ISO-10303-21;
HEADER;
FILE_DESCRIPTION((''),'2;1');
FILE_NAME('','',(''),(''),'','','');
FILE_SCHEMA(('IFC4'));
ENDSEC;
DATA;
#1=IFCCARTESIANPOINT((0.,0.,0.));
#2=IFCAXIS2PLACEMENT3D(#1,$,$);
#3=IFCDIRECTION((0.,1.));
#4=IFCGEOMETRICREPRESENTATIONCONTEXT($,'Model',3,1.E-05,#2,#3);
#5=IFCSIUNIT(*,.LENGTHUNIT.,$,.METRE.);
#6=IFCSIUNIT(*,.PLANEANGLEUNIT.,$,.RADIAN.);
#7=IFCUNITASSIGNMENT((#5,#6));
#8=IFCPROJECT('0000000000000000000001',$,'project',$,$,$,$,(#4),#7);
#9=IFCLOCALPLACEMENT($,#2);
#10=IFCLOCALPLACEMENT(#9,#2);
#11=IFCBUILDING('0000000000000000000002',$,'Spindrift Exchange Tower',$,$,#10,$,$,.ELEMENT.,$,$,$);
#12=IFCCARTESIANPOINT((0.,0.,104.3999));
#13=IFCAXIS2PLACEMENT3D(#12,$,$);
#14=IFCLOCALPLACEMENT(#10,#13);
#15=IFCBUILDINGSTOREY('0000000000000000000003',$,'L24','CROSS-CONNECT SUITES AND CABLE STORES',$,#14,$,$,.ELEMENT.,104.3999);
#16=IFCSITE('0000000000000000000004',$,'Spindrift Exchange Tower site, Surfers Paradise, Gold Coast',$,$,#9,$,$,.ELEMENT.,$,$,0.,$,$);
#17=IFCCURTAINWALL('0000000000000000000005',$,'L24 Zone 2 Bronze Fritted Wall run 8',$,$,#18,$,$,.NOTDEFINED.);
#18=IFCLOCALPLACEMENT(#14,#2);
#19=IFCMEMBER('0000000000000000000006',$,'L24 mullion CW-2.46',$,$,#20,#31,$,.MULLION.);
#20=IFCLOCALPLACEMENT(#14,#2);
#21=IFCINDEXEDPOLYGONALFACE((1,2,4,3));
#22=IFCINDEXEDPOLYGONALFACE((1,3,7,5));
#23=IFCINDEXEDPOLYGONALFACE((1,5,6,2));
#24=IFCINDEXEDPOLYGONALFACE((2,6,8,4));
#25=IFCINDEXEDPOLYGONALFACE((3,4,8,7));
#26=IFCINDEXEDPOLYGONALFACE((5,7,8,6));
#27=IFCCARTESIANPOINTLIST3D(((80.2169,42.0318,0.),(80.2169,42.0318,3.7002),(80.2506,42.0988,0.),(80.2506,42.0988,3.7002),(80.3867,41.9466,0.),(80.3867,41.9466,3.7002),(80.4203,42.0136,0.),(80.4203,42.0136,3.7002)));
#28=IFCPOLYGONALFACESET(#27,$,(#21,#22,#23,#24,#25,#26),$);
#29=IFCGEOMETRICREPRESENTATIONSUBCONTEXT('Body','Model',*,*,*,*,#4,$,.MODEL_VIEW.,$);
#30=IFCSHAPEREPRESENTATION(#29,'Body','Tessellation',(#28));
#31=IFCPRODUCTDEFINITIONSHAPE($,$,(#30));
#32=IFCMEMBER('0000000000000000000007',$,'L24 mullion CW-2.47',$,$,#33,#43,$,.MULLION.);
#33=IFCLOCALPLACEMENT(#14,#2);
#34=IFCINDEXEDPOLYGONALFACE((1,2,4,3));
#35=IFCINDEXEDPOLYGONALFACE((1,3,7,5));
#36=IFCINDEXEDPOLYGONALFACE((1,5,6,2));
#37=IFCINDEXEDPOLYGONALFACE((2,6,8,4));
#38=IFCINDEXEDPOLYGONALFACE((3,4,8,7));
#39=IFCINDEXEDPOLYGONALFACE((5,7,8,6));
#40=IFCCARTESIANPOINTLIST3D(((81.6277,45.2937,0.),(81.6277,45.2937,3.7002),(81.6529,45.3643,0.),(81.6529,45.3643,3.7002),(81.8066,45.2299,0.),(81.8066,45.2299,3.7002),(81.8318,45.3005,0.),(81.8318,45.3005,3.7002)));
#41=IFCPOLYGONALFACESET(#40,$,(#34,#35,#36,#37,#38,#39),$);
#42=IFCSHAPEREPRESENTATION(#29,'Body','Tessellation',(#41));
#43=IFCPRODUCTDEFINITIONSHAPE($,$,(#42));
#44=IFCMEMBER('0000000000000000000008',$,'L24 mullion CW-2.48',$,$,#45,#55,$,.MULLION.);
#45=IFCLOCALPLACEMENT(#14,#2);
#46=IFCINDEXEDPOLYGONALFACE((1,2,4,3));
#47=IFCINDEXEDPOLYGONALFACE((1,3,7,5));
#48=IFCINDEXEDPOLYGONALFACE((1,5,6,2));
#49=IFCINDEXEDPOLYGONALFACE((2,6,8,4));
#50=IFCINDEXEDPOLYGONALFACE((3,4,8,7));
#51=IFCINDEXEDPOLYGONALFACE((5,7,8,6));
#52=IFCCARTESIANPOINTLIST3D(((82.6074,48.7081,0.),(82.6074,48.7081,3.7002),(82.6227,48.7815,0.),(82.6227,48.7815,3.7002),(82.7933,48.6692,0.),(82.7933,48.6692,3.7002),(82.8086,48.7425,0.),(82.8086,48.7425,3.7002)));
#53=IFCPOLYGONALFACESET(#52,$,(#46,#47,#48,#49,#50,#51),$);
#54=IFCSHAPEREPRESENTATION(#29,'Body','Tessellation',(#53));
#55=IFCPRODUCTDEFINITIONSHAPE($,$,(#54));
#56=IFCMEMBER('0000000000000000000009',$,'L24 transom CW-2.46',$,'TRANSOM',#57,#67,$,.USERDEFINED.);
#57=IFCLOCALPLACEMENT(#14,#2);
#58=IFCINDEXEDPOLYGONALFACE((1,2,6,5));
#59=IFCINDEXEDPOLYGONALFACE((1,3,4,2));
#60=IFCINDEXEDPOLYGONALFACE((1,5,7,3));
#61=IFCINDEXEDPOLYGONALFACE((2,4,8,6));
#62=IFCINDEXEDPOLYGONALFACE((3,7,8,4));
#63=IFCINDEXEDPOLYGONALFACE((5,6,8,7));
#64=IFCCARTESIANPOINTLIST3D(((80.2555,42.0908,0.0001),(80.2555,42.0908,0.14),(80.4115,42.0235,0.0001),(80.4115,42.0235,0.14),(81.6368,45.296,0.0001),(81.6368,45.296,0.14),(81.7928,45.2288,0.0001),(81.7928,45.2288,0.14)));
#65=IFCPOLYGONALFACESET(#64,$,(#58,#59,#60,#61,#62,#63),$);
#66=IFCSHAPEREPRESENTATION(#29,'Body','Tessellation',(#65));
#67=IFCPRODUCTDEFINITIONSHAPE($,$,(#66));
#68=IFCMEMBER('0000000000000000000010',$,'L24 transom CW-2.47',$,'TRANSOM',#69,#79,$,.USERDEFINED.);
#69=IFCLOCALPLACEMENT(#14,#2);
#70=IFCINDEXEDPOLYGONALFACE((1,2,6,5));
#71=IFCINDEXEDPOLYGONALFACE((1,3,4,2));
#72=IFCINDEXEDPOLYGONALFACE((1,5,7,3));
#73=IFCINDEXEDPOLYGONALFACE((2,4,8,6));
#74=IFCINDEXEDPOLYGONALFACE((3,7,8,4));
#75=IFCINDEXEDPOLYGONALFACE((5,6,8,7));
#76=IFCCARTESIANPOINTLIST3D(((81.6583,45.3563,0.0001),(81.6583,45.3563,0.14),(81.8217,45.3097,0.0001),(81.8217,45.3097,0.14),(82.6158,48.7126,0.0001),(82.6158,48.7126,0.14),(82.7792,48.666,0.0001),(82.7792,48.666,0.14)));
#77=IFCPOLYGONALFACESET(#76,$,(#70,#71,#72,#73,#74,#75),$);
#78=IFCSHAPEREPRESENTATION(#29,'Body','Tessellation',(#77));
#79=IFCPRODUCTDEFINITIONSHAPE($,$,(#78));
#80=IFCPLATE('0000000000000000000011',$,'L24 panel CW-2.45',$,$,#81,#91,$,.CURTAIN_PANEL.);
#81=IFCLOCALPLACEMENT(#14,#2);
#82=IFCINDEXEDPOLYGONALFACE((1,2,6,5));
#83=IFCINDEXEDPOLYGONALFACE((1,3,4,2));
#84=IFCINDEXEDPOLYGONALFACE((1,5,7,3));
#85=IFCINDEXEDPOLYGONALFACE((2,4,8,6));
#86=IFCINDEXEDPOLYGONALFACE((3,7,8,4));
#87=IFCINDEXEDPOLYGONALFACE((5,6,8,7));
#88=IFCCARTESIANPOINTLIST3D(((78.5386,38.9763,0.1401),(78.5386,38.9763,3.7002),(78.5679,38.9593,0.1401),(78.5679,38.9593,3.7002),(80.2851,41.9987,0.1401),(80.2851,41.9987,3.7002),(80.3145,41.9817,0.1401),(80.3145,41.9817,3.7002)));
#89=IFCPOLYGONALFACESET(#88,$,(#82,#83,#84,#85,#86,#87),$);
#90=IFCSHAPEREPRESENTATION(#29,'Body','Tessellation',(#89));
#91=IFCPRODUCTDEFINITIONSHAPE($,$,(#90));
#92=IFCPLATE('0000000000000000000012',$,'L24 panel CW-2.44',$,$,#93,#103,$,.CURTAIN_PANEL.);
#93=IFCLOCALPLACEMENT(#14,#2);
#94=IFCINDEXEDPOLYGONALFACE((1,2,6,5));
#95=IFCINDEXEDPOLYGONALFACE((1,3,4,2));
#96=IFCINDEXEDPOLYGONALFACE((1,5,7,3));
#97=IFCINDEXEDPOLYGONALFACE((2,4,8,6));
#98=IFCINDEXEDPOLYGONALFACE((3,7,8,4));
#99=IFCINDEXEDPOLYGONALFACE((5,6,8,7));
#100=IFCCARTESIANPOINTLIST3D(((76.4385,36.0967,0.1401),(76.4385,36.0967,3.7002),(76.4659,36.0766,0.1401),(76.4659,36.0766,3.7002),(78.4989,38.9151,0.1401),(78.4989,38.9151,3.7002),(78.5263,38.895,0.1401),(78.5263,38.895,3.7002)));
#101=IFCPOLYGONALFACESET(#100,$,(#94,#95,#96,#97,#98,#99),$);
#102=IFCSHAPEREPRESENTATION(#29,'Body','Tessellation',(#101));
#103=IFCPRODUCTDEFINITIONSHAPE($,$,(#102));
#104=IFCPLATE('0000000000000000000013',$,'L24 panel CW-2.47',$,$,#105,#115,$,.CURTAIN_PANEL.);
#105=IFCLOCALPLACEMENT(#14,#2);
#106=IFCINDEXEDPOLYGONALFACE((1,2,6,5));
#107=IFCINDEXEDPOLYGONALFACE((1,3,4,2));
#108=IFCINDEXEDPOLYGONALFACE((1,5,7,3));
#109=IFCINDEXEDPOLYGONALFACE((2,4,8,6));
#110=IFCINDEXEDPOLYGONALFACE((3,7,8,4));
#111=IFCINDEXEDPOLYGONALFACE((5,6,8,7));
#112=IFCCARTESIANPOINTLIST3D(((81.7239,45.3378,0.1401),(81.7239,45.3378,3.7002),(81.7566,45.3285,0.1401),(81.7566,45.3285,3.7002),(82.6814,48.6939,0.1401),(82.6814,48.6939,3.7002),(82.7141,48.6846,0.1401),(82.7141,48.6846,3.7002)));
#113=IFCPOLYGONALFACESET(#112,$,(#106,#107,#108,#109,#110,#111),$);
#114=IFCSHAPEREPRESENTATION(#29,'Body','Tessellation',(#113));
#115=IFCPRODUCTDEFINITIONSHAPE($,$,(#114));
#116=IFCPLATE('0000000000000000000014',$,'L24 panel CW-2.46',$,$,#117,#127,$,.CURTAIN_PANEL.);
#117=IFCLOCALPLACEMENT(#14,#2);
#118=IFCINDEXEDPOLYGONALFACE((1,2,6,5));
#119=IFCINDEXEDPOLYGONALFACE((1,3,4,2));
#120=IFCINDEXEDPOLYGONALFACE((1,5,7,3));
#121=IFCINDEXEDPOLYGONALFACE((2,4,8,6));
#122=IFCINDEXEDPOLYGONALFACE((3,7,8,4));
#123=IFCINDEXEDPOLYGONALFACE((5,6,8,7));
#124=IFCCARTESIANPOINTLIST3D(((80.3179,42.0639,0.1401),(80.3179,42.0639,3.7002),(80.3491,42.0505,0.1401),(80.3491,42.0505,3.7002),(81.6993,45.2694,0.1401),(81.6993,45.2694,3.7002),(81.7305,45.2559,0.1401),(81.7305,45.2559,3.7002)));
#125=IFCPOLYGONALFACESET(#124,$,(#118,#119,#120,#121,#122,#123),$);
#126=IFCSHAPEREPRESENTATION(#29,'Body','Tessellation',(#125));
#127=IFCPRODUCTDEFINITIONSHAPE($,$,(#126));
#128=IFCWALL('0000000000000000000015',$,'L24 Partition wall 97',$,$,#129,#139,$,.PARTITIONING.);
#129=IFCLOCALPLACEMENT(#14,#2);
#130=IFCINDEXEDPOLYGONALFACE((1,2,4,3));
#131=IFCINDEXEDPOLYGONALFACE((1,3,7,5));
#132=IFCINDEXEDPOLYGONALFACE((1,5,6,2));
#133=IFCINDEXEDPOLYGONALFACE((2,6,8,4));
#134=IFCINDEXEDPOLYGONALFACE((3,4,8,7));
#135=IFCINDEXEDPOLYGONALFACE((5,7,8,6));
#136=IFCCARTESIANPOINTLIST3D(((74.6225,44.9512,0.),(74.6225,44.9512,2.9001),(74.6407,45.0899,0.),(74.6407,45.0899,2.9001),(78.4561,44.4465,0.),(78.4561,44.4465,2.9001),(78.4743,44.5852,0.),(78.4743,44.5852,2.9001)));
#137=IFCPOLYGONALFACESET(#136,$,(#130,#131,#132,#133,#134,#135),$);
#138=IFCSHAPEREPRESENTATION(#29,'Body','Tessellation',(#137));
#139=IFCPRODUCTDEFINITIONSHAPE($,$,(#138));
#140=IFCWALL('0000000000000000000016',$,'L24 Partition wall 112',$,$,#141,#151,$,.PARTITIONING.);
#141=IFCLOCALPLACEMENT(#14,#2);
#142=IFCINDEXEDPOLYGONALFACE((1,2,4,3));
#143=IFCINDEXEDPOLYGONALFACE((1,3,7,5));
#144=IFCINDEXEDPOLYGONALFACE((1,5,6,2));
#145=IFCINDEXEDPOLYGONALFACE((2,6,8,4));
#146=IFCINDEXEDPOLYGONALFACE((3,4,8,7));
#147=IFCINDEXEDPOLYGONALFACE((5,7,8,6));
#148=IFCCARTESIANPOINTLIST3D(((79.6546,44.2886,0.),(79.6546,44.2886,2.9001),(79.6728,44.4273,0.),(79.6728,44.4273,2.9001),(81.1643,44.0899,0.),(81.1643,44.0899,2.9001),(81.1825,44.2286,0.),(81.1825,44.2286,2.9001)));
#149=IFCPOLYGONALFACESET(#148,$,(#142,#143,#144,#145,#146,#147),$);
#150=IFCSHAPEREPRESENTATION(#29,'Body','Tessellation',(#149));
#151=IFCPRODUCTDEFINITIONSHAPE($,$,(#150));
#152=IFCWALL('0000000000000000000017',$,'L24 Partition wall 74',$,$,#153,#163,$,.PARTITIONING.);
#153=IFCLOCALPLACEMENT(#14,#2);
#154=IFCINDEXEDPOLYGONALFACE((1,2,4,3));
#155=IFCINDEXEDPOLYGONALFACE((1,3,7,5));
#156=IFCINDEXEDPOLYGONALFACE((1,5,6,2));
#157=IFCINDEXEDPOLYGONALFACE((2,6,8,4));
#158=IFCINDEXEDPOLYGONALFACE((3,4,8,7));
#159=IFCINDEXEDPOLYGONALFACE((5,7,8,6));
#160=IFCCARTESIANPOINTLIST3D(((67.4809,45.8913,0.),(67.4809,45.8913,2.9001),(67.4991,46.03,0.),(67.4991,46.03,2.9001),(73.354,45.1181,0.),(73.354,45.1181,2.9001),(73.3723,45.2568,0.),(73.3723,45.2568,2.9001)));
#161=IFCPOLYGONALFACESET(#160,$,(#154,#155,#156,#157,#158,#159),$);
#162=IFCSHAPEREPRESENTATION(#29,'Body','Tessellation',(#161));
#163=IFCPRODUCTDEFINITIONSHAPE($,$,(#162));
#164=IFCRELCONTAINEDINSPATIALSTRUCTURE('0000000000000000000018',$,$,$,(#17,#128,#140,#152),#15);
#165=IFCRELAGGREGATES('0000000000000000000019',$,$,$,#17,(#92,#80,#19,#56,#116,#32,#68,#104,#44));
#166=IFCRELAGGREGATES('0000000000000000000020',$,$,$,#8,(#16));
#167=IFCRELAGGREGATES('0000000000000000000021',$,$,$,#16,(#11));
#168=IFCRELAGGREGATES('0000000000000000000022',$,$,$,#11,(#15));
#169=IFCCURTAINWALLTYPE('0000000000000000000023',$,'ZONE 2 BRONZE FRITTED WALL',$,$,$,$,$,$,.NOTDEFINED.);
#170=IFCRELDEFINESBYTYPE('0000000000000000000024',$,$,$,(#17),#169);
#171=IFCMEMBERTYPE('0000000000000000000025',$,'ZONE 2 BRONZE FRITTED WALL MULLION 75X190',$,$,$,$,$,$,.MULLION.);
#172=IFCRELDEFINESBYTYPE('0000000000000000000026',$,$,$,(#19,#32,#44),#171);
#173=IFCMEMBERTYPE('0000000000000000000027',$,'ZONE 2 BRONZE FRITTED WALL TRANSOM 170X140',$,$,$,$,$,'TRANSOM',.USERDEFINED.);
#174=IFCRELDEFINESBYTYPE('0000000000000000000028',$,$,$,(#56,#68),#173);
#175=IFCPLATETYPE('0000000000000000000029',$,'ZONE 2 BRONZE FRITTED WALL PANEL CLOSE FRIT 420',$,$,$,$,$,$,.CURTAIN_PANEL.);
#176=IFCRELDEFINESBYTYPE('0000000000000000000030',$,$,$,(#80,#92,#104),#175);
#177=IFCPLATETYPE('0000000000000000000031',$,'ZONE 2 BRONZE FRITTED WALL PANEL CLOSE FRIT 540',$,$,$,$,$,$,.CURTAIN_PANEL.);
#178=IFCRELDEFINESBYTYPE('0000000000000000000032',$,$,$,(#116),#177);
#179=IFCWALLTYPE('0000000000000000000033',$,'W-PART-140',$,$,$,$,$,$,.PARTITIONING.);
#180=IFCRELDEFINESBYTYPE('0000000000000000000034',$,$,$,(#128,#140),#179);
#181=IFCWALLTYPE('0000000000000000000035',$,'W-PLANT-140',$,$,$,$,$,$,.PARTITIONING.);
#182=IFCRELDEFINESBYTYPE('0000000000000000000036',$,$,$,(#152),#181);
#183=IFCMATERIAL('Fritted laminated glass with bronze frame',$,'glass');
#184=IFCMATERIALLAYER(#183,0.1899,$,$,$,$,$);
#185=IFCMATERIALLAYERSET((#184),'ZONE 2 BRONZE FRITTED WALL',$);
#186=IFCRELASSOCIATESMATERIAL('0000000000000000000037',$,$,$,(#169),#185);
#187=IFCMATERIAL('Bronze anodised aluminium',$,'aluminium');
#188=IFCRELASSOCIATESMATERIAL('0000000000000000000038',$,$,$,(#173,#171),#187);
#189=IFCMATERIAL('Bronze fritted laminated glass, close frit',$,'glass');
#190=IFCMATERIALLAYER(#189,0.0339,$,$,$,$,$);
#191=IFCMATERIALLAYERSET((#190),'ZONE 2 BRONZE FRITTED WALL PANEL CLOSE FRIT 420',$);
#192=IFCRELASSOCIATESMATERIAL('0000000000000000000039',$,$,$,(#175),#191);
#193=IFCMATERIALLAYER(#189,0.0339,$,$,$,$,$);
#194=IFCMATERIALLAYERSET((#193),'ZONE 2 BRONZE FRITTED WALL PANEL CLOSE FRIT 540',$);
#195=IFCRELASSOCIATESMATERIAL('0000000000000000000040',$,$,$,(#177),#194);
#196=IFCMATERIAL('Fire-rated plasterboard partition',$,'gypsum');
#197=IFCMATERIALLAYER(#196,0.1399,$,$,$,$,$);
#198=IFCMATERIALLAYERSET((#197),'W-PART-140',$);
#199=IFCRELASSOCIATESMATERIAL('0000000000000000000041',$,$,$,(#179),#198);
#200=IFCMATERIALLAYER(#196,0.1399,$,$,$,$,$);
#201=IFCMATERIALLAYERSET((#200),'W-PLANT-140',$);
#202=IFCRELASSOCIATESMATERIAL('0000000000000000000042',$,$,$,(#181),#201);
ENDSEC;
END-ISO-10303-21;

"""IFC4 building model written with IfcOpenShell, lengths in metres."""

from ifc_helpers import new_model, si_unit, direction, frame, frame_2d, origin, origin_2d, place, context, subcontext, project, spatial, rectangle, extrude, source, transform, mapped, material, layer, layer_set, material_profile, profile_set, type_object, element, aggregate, save


model = new_model("IFC4")

# Units and contexts
model_context = context("Model", 3, precision=1e-05, world=origin(), true_north=direction((0.0, 1.0)))
body_context = subcontext(model_context, "Body", "Model", "MODEL_VIEW")
ifc_project = project(units=[si_unit("LENGTHUNIT", "METRE"), si_unit("PLANEANGLEUNIT", "RADIAN")], contexts=[model_context])

# Site, building, storey
site_placement = place(None, origin())
site = spatial("IfcSite", under=ifc_project, at=site_placement, Name="Spindrift Exchange Tower site, Surfers Paradise, Gold Coast", CompositionType="ELEMENT", RefElevation=0.0)
building_placement = place(site_placement, origin())
building = spatial("IfcBuilding", under=site, at=building_placement, Name="Spindrift Exchange Tower", CompositionType="ELEMENT")
storey_placement = place(building_placement, frame((0.0, 0.0, 104.3999)))
storey = spatial("IfcBuildingStorey", under=building, at=storey_placement, Name="L24", Description="CROSS-CONNECT SUITES AND CABLE STORES", CompositionType="ELEMENT", Elevation=104.3999)

# Curtain wall, members, plates
ifc_material_1 = material(Name="Fritted laminated glass with bronze frame", Category="glass")
ifc_layer_1 = layer(ifc_material_1, 0.1899)
ifc_layer_set_1 = layer_set([ifc_layer_1], Name="ZONE 2 BRONZE FRITTED WALL")
curtain_wall_type = type_object("IfcCurtainWallType", Name="ZONE 2 BRONZE FRITTED WALL", PredefinedType="NOTDEFINED", material=ifc_layer_set_1)
curtain_wall_placement = place(storey_placement, origin())
curtain_wall = element("IfcCurtainWall", 1, at=curtain_wall_placement, inside=storey, type_object=curtain_wall_type, Name="L24 Zone 2 Bronze Fritted Wall run 8", PredefinedType="NOTDEFINED")
ifc_material_2 = material(Name="Bronze anodised aluminium", Category="aluminium")
ifc_material_profile_1 = material_profile(ifc_material_2, rectangle(XDim=0.1699, YDim=0.1399, at=origin_2d()), Name="ZONE 2 BRONZE FRITTED WALL TRANSOM 170X140")
ifc_profile_set_1 = profile_set([ifc_material_profile_1], Name="Bronze anodised aluminium")
member_type_1 = type_object("IfcMemberType", Name="ZONE 2 BRONZE FRITTED WALL TRANSOM 170X140", ElementType="TRANSOM", PredefinedType="USERDEFINED", material=ifc_profile_set_1)
ifc_material_profile_2 = material_profile(ifc_material_2, rectangle(XDim=0.075, YDim=0.1899, at=origin_2d()), Name="ZONE 2 BRONZE FRITTED WALL MULLION 75X190")
ifc_profile_set_2 = profile_set([ifc_material_profile_2], Name="Bronze anodised aluminium")
member_type_2 = type_object("IfcMemberType", Name="ZONE 2 BRONZE FRITTED WALL MULLION 75X190", PredefinedType="MULLION", material=ifc_profile_set_2)
shared_shape_1 = source(origin(), body_context, "Body", "SweptSolid", [
    extrude(rectangle(XDim=0.075, YDim=0.1899, at=origin_2d()), origin(), (0.0, 0.0, 1.0), 3.7002),
])
member_1_placement = place(storey_placement, frame((80.3186, 42.0227, 0.0), z_axis=(0.0, 0.0, 1.0), x_axis=(0.448818, 0.893623, 0.0)))
member_1 = element("IfcMember", 2, at=member_1_placement, type_object=member_type_2, Name="L24 mullion CW-2.46", PredefinedType="MULLION", context=body_context, shape_type="MappedRepresentation", body=[
    mapped(shared_shape_1, transform((0.0, 0.0, 0.0), scale=1.0)),
])
member_2_placement = place(storey_placement, frame((81.7297, 45.2971, 0.0), z_axis=(0.0, 0.0, 1.0), x_axis=(0.335757, 0.941949, 0.0)))
member_2 = element("IfcMember", 3, at=member_2_placement, type_object=member_type_2, Name="L24 mullion CW-2.47", PredefinedType="MULLION", context=body_context, shape_type="MappedRepresentation", body=[
    mapped(shared_shape_1, transform((0.0, 0.0, 0.0), scale=1.0)),
])
member_3_placement = place(storey_placement, frame((82.708, 48.7253, 0.0), z_axis=(0.0, 0.0, 1.0), x_axis=(0.205103, 0.97874, 0.0)))
member_3 = element("IfcMember", 4, at=member_3_placement, type_object=member_type_2, Name="L24 mullion CW-2.48", PredefinedType="MULLION", context=body_context, shape_type="MappedRepresentation", body=[
    mapped(shared_shape_1, transform((0.0, 0.0, 0.0), scale=1.0)),
])
shared_shape_2 = source(origin(), body_context, "Body", "SweptSolid", [
    extrude(rectangle(XDim=0.1699, YDim=0.1399, at=origin_2d()), origin(), (0.0, 0.0, 1.0), 3.4902),
])
member_4_placement = place(storey_placement, frame((80.3335, 42.0571, 0.0701), z_axis=(0.395767, 0.918351, 0.0), x_axis=(-0.918351, 0.395767, 0.0)))
member_4 = element("IfcMember", 5, at=member_4_placement, type_object=member_type_1, Name="L24 transom CW-2.46", ObjectType="TRANSOM", PredefinedType="USERDEFINED", context=body_context, shape_type="MappedRepresentation", body=[
    mapped(shared_shape_2, transform((0.0, 0.0, 0.0), scale=1.0)),
])
member_5_placement = place(storey_placement, frame((81.74, 45.333, 0.0701), z_axis=(0.274352, 0.961629, 0.0), x_axis=(-0.961629, 0.274352, 0.0)))
member_5 = element("IfcMember", 6, at=member_5_placement, type_object=member_type_1, Name="L24 transom CW-2.47", ObjectType="TRANSOM", PredefinedType="USERDEFINED", context=body_context, shape_type="MappedRepresentation", body=[
    mapped(shared_shape_2, transform((0.0, 0.0, 0.0), scale=1.0)),
])
ifc_material_3 = material(Name="Bronze fritted laminated glass, close frit", Category="glass")
ifc_layer_2 = layer(ifc_material_3, 0.0339)
ifc_layer_set_2 = layer_set([ifc_layer_2], Name="ZONE 2 BRONZE FRITTED WALL PANEL CLOSE FRIT 420")
plate_type_1 = type_object("IfcPlateType", Name="ZONE 2 BRONZE FRITTED WALL PANEL CLOSE FRIT 420", PredefinedType="CURTAIN_PANEL", material=ifc_layer_set_2)
shared_shape_3 = source(origin(), body_context, "Body", "SweptSolid", [
    extrude(rectangle(XDim=3.4907, YDim=0.0339, at=origin_2d()), origin(), (0.0, 0.0, 1.0), 3.5601),
])
plate_1_placement = place(storey_placement, frame((79.4265, 40.479, 0.1401), z_axis=(0.0, 0.0, 1.0), x_axis=(0.500334, 0.865832, 0.0)))
plate_1 = element("IfcPlate", 7, at=plate_1_placement, type_object=plate_type_1, Name="L24 panel CW-2.45", PredefinedType="CURTAIN_PANEL", context=body_context, shape_type="MappedRepresentation", body=[
    mapped(shared_shape_3, transform((0.0, 0.0, 0.0), scale=1.0)),
])
shared_shape_4 = source(origin(), body_context, "Body", "SweptSolid", [
    extrude(rectangle(XDim=3.4912, YDim=0.0339, at=origin_2d()), origin(), (0.0, 0.0, 1.0), 3.5601),
])
plate_2_placement = place(storey_placement, frame((77.4824, 37.4958, 0.1401), z_axis=(0.0, 0.0, 1.0), x_axis=(0.590161, 0.807286, 0.0)))
plate_2 = element("IfcPlate", 8, at=plate_2_placement, type_object=plate_type_1, Name="L24 panel CW-2.44", PredefinedType="CURTAIN_PANEL", context=body_context, shape_type="MappedRepresentation", body=[
    mapped(shared_shape_4, transform((0.0, 0.0, 0.0), scale=1.0)),
])
shared_shape_5 = source(origin(), body_context, "Body", "SweptSolid", [
    extrude(rectangle(XDim=3.49, YDim=0.0339, at=origin_2d()), origin(), (0.0, 0.0, 1.0), 3.5601),
])
plate_3_placement = place(storey_placement, frame((82.219, 47.0112, 0.1401), z_axis=(0.0, 0.0, 1.0), x_axis=(0.274354, 0.961629, 0.0)))
plate_3 = element("IfcPlate", 9, at=plate_3_placement, type_object=plate_type_1, Name="L24 panel CW-2.47", PredefinedType="CURTAIN_PANEL", context=body_context, shape_type="MappedRepresentation", body=[
    mapped(shared_shape_5, transform((0.0, 0.0, 0.0), scale=1.0)),
])
ifc_layer_3 = layer(ifc_material_3, 0.0339)
ifc_layer_set_3 = layer_set([ifc_layer_3], Name="ZONE 2 BRONZE FRITTED WALL PANEL CLOSE FRIT 540")
plate_type_2 = type_object("IfcPlateType", Name="ZONE 2 BRONZE FRITTED WALL PANEL CLOSE FRIT 540", PredefinedType="CURTAIN_PANEL", material=ifc_layer_set_3)
shared_shape_6 = source(origin(), body_context, "Body", "SweptSolid", [
    extrude(rectangle(XDim=3.4905, YDim=0.0339, at=origin_2d()), origin(), (0.0, 0.0, 1.0), 3.5601),
])
plate_4_placement = place(storey_placement, frame((81.0242, 43.6599, 0.1401), z_axis=(0.0, 0.0, 1.0), x_axis=(0.395763, 0.918352, 0.0)))
plate_4 = element("IfcPlate", 10, at=plate_4_placement, type_object=plate_type_2, Name="L24 panel CW-2.46", PredefinedType="CURTAIN_PANEL", context=body_context, shape_type="MappedRepresentation", body=[
    mapped(shared_shape_6, transform((0.0, 0.0, 0.0), scale=1.0)),
])
aggregate(curtain_wall, [plate_2, plate_1, member_1, member_4, plate_4, member_2, member_5, plate_3, member_3])

# Walls
ifc_material_4 = material(Name="Fire-rated plasterboard partition", Category="gypsum")
ifc_layer_4 = layer(ifc_material_4, 0.1399)
ifc_layer_set_4 = layer_set([ifc_layer_4], Name="W-PART-140")
wall_type_1 = type_object("IfcWallType", Name="W-PART-140", PredefinedType="PARTITIONING", material=ifc_layer_set_4)
wall_1_placement = place(storey_placement, frame((74.6316, 45.0205, 0.0), z_axis=(0.0, 0.0, 1.0), x_axis=(0.991448, -0.130505, 0.0)))
element("IfcWall", 11, at=wall_1_placement, inside=storey, type_object=wall_type_1, Name="L24 Partition wall 97", PredefinedType="PARTITIONING", context=body_context, shape_type="SweptSolid", body=[
    extrude(rectangle(XDim=3.8667, YDim=0.1399, at=frame_2d((1.9333, 0.0))), origin(), (0.0, 0.0, 1.0), 2.9001),
])
wall_2_placement = place(storey_placement, frame((79.6638, 44.3579, 0.0), z_axis=(0.0, 0.0, 1.0), x_axis=(0.991448, -0.130504, 0.0)))
element("IfcWall", 12, at=wall_2_placement, inside=storey, type_object=wall_type_1, Name="L24 Partition wall 112", PredefinedType="PARTITIONING", context=body_context, shape_type="SweptSolid", body=[
    extrude(rectangle(XDim=1.5227, YDim=0.1399, at=frame_2d((0.7612, 0.0))), origin(), (0.0, 0.0, 1.0), 2.9001),
])
ifc_layer_5 = layer(ifc_material_4, 0.1399)
ifc_layer_set_5 = layer_set([ifc_layer_5], Name="W-PLANT-140")
wall_type_2 = type_object("IfcWallType", Name="W-PLANT-140", PredefinedType="PARTITIONING", material=ifc_layer_set_5)
wall_3_placement = place(storey_placement, frame((67.49, 45.9607, 0.0), z_axis=(0.0, 0.0, 1.0), x_axis=(0.991445, -0.130525, 0.0)))
element("IfcWall", 13, at=wall_3_placement, inside=storey, type_object=wall_type_2, Name="L24 Partition wall 74", PredefinedType="PARTITIONING", context=body_context, shape_type="SweptSolid", body=[
    extrude(rectangle(XDim=5.9238, YDim=0.1399, at=frame_2d((2.9619, 0.0))), origin(), (0.0, 0.0, 1.0), 2.9001),
])

save(model, "model.ifc")
